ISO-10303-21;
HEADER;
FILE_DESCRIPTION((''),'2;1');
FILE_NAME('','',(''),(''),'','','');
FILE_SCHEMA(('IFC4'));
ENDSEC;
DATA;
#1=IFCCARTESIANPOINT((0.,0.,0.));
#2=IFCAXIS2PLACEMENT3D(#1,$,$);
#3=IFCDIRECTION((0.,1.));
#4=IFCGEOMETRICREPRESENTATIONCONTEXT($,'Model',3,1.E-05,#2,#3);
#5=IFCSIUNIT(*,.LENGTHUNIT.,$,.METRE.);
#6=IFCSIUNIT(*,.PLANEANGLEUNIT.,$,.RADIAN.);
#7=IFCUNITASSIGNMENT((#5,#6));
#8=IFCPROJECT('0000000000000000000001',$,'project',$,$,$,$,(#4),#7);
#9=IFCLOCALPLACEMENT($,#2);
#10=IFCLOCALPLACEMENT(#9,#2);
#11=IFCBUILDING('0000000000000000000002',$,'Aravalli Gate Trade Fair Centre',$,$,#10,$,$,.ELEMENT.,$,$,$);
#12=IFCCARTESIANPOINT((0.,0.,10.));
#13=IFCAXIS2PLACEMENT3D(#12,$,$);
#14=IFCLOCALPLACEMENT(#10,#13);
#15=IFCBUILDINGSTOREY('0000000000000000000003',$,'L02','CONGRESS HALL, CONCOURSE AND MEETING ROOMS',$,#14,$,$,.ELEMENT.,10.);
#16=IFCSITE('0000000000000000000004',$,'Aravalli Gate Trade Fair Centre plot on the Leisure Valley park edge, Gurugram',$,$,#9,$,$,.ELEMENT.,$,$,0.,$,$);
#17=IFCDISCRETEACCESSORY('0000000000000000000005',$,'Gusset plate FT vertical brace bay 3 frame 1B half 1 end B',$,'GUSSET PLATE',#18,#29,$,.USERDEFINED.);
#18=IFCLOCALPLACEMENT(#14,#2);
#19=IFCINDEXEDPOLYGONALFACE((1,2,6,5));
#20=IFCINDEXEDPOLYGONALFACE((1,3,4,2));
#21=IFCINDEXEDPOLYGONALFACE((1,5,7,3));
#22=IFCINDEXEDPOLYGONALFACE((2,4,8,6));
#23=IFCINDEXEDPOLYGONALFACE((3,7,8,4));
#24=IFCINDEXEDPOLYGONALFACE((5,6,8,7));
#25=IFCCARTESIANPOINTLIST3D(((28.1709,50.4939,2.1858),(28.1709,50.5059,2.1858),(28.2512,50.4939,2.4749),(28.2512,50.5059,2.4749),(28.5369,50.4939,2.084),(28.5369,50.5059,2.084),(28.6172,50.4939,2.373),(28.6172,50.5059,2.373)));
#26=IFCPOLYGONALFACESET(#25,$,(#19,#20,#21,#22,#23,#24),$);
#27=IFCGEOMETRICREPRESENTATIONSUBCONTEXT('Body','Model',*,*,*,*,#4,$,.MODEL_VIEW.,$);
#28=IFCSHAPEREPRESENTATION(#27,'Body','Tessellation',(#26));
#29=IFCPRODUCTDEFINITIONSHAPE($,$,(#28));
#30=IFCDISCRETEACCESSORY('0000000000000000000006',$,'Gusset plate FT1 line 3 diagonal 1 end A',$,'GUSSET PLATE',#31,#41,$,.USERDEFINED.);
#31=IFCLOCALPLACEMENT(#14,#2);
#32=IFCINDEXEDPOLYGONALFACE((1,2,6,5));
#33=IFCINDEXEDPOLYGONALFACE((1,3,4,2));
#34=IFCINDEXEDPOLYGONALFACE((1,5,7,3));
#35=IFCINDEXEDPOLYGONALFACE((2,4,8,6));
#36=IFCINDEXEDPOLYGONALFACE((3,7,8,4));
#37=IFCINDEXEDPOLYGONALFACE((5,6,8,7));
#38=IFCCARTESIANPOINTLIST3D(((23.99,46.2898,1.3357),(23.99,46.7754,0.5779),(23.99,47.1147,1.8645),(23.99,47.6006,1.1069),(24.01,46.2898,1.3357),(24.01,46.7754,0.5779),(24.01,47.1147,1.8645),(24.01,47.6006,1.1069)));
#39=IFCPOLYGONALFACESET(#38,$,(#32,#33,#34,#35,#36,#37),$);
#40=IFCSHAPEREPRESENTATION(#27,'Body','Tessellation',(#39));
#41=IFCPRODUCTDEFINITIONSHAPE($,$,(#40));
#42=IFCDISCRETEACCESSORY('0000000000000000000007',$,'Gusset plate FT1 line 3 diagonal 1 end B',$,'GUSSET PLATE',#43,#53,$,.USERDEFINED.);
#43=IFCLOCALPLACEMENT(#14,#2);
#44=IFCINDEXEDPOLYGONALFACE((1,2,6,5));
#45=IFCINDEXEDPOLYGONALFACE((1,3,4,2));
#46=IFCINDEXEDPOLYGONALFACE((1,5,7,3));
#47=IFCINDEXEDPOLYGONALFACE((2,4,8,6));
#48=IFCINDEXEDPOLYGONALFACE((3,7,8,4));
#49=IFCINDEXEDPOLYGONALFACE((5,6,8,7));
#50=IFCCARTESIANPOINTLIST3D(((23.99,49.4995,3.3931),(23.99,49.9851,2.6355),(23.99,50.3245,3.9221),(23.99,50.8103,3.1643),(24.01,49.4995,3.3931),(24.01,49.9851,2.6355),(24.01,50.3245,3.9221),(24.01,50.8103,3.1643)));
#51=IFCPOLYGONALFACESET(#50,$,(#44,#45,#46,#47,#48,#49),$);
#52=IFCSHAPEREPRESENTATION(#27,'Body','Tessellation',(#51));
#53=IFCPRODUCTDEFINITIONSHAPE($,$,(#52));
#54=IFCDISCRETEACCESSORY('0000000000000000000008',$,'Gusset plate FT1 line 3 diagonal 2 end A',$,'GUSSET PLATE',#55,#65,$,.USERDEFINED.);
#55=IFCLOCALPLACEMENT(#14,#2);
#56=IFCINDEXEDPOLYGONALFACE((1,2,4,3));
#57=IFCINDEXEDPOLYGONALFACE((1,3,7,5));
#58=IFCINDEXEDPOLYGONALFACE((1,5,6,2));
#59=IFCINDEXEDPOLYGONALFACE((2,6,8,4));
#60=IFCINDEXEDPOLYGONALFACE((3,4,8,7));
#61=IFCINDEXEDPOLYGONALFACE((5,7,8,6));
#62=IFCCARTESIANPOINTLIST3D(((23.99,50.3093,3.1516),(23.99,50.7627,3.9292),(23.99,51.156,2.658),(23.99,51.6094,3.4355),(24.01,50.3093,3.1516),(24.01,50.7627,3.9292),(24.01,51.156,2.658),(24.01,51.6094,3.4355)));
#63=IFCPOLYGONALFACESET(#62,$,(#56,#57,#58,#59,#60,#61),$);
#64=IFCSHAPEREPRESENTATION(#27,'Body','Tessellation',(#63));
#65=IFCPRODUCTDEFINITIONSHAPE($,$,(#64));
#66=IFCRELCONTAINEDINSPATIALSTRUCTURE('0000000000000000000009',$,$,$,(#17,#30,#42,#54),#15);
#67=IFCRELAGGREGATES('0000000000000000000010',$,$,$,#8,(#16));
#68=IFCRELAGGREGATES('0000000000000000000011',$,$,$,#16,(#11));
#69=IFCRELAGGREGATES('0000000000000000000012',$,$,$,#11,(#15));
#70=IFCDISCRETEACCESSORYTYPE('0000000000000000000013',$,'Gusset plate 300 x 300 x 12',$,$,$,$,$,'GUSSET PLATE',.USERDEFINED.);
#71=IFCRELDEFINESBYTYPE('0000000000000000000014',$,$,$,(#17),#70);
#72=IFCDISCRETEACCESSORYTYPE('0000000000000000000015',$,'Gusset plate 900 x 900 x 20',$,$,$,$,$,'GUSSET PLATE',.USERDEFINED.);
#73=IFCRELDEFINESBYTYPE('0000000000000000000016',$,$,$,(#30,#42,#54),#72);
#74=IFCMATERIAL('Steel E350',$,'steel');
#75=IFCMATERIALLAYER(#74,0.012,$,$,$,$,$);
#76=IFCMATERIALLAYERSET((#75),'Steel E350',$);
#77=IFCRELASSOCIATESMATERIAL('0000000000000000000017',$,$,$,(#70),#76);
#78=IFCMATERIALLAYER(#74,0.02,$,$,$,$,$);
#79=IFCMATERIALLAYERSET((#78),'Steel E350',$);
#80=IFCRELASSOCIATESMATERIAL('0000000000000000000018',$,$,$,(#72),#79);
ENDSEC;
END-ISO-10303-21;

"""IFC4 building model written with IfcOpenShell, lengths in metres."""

from ifc_helpers import new_model, si_unit, direction, frame, origin, place, context, subcontext, project, spatial, polyline, outline, extrude, material, layer, layer_set, type_object, element, save


model = new_model("IFC4")

# Units and contexts
model_context = context("Model", 3, precision=1e-05, world=origin(), true_north=direction((0.0, 1.0)))
body_context = subcontext(model_context, "Body", "Model", "MODEL_VIEW")
ifc_project = project(units=[si_unit("LENGTHUNIT", "METRE"), si_unit("PLANEANGLEUNIT", "RADIAN")], contexts=[model_context])

# Site, building, storey
site_placement = place(None, origin())
site = spatial("IfcSite", under=ifc_project, at=site_placement, Name="Aravalli Gate Trade Fair Centre plot on the Leisure Valley park edge, Gurugram", CompositionType="ELEMENT", RefElevation=0.0)
building_placement = place(site_placement, origin())
building = spatial("IfcBuilding", under=site, at=building_placement, Name="Aravalli Gate Trade Fair Centre", CompositionType="ELEMENT")
storey_placement = place(building_placement, frame((0.0, 0.0, 10.0)))
storey = spatial("IfcBuildingStorey", under=building, at=storey_placement, Name="L02", Description="CONGRESS HALL, CONCOURSE AND MEETING ROOMS", CompositionType="ELEMENT", Elevation=10.0)

# Shared definitions
ifc_material_1 = material(Name="Steel E350", Category="steel")

# Discrete accessories
ifc_layer_1 = layer(ifc_material_1, 0.012)
ifc_layer_set_1 = layer_set([ifc_layer_1], Name="Steel E350")
discrete_accessory_type_1 = type_object("IfcDiscreteAccessoryType", Name="Gusset plate 300 x 300 x 12", ElementType="GUSSET PLATE", PredefinedType="USERDEFINED", material=ifc_layer_set_1)
discrete_accessory_1_placement = place(storey_placement, frame((28.1709, 50.4939, 2.1858), z_axis=(0.0, -1.0, 0.0), x_axis=(0.963417, 0.0, -0.268008)))
element("IfcDiscreteAccessory", 1, at=discrete_accessory_1_placement, inside=storey, type_object=discrete_accessory_type_1, Name="Gusset plate FT vertical brace bay 3 frame 1B half 1 end B", ObjectType="GUSSET PLATE", PredefinedType="USERDEFINED", context=body_context, shape_type="SweptSolid", body=[
    extrude(outline(polyline([(0.0, 0.0), (0.3799, 0.0), (0.3798, 0.3), (-0.0001, 0.3), (0.0, 0.0)])), origin(), (0.0, 0.0, -1.0), 0.012),
])
ifc_layer_2 = layer(ifc_material_1, 0.02)
ifc_layer_set_2 = layer_set([ifc_layer_2], Name="Steel E350")
discrete_accessory_type_2 = type_object("IfcDiscreteAccessoryType", Name="Gusset plate 900 x 900 x 20", ElementType="GUSSET PLATE", PredefinedType="USERDEFINED", material=ifc_layer_set_2)
discrete_accessory_2_placement = place(storey_placement, frame((23.99, 47.6006, 1.1069), z_axis=(-1.0, 0.0, 0.0), x_axis=(0.0, -0.841841, -0.539725)))
element("IfcDiscreteAccessory", 2, at=discrete_accessory_2_placement, inside=storey, type_object=discrete_accessory_type_2, Name="Gusset plate FT1 line 3 diagonal 1 end A", ObjectType="GUSSET PLATE", PredefinedType="USERDEFINED", context=body_context, shape_type="SweptSolid", body=[
    extrude(outline(polyline([(0.0, 0.0), (0.9802, 0.0), (0.98, 0.9), (0.0001, 0.9), (0.0, 0.0)])), origin(), (0.0, 0.0, -1.0), 0.02),
])
discrete_accessory_3_placement = place(storey_placement, frame((23.99, 49.4995, 3.3931), z_axis=(-1.0, 0.0, 0.0), x_axis=(0.0, 0.841769, 0.539838)))
element("IfcDiscreteAccessory", 3, at=discrete_accessory_3_placement, inside=storey, type_object=discrete_accessory_type_2, Name="Gusset plate FT1 line 3 diagonal 1 end B", ObjectType="GUSSET PLATE", PredefinedType="USERDEFINED", context=body_context, shape_type="SweptSolid", body=[
    extrude(outline(polyline([(0.0, 0.0), (0.98, 0.0), (0.9799, 0.9002), (-0.0002, 0.8998), (0.0, 0.0)])), origin(), (0.0, 0.0, -1.0), 0.02),
])
discrete_accessory_4_placement = place(storey_placement, frame((23.99, 51.156, 2.658), z_axis=(-1.0, 0.0, 0.0), x_axis=(0.0, -0.863887, 0.503685)))
element("IfcDiscreteAccessory", 4, at=discrete_accessory_4_placement, inside=storey, type_object=discrete_accessory_type_2, Name="Gusset plate FT1 line 3 diagonal 2 end A", ObjectType="GUSSET PLATE", PredefinedType="USERDEFINED", context=body_context, shape_type="SweptSolid", body=[
    extrude(outline(polyline([(0.0, 0.0), (0.9801, 0.0), (0.9801, 0.9001), (0.0, 0.9001), (0.0, 0.0)])), origin(), (0.0, 0.0, -1.0), 0.02),
])

save(model, "model.ifc")
